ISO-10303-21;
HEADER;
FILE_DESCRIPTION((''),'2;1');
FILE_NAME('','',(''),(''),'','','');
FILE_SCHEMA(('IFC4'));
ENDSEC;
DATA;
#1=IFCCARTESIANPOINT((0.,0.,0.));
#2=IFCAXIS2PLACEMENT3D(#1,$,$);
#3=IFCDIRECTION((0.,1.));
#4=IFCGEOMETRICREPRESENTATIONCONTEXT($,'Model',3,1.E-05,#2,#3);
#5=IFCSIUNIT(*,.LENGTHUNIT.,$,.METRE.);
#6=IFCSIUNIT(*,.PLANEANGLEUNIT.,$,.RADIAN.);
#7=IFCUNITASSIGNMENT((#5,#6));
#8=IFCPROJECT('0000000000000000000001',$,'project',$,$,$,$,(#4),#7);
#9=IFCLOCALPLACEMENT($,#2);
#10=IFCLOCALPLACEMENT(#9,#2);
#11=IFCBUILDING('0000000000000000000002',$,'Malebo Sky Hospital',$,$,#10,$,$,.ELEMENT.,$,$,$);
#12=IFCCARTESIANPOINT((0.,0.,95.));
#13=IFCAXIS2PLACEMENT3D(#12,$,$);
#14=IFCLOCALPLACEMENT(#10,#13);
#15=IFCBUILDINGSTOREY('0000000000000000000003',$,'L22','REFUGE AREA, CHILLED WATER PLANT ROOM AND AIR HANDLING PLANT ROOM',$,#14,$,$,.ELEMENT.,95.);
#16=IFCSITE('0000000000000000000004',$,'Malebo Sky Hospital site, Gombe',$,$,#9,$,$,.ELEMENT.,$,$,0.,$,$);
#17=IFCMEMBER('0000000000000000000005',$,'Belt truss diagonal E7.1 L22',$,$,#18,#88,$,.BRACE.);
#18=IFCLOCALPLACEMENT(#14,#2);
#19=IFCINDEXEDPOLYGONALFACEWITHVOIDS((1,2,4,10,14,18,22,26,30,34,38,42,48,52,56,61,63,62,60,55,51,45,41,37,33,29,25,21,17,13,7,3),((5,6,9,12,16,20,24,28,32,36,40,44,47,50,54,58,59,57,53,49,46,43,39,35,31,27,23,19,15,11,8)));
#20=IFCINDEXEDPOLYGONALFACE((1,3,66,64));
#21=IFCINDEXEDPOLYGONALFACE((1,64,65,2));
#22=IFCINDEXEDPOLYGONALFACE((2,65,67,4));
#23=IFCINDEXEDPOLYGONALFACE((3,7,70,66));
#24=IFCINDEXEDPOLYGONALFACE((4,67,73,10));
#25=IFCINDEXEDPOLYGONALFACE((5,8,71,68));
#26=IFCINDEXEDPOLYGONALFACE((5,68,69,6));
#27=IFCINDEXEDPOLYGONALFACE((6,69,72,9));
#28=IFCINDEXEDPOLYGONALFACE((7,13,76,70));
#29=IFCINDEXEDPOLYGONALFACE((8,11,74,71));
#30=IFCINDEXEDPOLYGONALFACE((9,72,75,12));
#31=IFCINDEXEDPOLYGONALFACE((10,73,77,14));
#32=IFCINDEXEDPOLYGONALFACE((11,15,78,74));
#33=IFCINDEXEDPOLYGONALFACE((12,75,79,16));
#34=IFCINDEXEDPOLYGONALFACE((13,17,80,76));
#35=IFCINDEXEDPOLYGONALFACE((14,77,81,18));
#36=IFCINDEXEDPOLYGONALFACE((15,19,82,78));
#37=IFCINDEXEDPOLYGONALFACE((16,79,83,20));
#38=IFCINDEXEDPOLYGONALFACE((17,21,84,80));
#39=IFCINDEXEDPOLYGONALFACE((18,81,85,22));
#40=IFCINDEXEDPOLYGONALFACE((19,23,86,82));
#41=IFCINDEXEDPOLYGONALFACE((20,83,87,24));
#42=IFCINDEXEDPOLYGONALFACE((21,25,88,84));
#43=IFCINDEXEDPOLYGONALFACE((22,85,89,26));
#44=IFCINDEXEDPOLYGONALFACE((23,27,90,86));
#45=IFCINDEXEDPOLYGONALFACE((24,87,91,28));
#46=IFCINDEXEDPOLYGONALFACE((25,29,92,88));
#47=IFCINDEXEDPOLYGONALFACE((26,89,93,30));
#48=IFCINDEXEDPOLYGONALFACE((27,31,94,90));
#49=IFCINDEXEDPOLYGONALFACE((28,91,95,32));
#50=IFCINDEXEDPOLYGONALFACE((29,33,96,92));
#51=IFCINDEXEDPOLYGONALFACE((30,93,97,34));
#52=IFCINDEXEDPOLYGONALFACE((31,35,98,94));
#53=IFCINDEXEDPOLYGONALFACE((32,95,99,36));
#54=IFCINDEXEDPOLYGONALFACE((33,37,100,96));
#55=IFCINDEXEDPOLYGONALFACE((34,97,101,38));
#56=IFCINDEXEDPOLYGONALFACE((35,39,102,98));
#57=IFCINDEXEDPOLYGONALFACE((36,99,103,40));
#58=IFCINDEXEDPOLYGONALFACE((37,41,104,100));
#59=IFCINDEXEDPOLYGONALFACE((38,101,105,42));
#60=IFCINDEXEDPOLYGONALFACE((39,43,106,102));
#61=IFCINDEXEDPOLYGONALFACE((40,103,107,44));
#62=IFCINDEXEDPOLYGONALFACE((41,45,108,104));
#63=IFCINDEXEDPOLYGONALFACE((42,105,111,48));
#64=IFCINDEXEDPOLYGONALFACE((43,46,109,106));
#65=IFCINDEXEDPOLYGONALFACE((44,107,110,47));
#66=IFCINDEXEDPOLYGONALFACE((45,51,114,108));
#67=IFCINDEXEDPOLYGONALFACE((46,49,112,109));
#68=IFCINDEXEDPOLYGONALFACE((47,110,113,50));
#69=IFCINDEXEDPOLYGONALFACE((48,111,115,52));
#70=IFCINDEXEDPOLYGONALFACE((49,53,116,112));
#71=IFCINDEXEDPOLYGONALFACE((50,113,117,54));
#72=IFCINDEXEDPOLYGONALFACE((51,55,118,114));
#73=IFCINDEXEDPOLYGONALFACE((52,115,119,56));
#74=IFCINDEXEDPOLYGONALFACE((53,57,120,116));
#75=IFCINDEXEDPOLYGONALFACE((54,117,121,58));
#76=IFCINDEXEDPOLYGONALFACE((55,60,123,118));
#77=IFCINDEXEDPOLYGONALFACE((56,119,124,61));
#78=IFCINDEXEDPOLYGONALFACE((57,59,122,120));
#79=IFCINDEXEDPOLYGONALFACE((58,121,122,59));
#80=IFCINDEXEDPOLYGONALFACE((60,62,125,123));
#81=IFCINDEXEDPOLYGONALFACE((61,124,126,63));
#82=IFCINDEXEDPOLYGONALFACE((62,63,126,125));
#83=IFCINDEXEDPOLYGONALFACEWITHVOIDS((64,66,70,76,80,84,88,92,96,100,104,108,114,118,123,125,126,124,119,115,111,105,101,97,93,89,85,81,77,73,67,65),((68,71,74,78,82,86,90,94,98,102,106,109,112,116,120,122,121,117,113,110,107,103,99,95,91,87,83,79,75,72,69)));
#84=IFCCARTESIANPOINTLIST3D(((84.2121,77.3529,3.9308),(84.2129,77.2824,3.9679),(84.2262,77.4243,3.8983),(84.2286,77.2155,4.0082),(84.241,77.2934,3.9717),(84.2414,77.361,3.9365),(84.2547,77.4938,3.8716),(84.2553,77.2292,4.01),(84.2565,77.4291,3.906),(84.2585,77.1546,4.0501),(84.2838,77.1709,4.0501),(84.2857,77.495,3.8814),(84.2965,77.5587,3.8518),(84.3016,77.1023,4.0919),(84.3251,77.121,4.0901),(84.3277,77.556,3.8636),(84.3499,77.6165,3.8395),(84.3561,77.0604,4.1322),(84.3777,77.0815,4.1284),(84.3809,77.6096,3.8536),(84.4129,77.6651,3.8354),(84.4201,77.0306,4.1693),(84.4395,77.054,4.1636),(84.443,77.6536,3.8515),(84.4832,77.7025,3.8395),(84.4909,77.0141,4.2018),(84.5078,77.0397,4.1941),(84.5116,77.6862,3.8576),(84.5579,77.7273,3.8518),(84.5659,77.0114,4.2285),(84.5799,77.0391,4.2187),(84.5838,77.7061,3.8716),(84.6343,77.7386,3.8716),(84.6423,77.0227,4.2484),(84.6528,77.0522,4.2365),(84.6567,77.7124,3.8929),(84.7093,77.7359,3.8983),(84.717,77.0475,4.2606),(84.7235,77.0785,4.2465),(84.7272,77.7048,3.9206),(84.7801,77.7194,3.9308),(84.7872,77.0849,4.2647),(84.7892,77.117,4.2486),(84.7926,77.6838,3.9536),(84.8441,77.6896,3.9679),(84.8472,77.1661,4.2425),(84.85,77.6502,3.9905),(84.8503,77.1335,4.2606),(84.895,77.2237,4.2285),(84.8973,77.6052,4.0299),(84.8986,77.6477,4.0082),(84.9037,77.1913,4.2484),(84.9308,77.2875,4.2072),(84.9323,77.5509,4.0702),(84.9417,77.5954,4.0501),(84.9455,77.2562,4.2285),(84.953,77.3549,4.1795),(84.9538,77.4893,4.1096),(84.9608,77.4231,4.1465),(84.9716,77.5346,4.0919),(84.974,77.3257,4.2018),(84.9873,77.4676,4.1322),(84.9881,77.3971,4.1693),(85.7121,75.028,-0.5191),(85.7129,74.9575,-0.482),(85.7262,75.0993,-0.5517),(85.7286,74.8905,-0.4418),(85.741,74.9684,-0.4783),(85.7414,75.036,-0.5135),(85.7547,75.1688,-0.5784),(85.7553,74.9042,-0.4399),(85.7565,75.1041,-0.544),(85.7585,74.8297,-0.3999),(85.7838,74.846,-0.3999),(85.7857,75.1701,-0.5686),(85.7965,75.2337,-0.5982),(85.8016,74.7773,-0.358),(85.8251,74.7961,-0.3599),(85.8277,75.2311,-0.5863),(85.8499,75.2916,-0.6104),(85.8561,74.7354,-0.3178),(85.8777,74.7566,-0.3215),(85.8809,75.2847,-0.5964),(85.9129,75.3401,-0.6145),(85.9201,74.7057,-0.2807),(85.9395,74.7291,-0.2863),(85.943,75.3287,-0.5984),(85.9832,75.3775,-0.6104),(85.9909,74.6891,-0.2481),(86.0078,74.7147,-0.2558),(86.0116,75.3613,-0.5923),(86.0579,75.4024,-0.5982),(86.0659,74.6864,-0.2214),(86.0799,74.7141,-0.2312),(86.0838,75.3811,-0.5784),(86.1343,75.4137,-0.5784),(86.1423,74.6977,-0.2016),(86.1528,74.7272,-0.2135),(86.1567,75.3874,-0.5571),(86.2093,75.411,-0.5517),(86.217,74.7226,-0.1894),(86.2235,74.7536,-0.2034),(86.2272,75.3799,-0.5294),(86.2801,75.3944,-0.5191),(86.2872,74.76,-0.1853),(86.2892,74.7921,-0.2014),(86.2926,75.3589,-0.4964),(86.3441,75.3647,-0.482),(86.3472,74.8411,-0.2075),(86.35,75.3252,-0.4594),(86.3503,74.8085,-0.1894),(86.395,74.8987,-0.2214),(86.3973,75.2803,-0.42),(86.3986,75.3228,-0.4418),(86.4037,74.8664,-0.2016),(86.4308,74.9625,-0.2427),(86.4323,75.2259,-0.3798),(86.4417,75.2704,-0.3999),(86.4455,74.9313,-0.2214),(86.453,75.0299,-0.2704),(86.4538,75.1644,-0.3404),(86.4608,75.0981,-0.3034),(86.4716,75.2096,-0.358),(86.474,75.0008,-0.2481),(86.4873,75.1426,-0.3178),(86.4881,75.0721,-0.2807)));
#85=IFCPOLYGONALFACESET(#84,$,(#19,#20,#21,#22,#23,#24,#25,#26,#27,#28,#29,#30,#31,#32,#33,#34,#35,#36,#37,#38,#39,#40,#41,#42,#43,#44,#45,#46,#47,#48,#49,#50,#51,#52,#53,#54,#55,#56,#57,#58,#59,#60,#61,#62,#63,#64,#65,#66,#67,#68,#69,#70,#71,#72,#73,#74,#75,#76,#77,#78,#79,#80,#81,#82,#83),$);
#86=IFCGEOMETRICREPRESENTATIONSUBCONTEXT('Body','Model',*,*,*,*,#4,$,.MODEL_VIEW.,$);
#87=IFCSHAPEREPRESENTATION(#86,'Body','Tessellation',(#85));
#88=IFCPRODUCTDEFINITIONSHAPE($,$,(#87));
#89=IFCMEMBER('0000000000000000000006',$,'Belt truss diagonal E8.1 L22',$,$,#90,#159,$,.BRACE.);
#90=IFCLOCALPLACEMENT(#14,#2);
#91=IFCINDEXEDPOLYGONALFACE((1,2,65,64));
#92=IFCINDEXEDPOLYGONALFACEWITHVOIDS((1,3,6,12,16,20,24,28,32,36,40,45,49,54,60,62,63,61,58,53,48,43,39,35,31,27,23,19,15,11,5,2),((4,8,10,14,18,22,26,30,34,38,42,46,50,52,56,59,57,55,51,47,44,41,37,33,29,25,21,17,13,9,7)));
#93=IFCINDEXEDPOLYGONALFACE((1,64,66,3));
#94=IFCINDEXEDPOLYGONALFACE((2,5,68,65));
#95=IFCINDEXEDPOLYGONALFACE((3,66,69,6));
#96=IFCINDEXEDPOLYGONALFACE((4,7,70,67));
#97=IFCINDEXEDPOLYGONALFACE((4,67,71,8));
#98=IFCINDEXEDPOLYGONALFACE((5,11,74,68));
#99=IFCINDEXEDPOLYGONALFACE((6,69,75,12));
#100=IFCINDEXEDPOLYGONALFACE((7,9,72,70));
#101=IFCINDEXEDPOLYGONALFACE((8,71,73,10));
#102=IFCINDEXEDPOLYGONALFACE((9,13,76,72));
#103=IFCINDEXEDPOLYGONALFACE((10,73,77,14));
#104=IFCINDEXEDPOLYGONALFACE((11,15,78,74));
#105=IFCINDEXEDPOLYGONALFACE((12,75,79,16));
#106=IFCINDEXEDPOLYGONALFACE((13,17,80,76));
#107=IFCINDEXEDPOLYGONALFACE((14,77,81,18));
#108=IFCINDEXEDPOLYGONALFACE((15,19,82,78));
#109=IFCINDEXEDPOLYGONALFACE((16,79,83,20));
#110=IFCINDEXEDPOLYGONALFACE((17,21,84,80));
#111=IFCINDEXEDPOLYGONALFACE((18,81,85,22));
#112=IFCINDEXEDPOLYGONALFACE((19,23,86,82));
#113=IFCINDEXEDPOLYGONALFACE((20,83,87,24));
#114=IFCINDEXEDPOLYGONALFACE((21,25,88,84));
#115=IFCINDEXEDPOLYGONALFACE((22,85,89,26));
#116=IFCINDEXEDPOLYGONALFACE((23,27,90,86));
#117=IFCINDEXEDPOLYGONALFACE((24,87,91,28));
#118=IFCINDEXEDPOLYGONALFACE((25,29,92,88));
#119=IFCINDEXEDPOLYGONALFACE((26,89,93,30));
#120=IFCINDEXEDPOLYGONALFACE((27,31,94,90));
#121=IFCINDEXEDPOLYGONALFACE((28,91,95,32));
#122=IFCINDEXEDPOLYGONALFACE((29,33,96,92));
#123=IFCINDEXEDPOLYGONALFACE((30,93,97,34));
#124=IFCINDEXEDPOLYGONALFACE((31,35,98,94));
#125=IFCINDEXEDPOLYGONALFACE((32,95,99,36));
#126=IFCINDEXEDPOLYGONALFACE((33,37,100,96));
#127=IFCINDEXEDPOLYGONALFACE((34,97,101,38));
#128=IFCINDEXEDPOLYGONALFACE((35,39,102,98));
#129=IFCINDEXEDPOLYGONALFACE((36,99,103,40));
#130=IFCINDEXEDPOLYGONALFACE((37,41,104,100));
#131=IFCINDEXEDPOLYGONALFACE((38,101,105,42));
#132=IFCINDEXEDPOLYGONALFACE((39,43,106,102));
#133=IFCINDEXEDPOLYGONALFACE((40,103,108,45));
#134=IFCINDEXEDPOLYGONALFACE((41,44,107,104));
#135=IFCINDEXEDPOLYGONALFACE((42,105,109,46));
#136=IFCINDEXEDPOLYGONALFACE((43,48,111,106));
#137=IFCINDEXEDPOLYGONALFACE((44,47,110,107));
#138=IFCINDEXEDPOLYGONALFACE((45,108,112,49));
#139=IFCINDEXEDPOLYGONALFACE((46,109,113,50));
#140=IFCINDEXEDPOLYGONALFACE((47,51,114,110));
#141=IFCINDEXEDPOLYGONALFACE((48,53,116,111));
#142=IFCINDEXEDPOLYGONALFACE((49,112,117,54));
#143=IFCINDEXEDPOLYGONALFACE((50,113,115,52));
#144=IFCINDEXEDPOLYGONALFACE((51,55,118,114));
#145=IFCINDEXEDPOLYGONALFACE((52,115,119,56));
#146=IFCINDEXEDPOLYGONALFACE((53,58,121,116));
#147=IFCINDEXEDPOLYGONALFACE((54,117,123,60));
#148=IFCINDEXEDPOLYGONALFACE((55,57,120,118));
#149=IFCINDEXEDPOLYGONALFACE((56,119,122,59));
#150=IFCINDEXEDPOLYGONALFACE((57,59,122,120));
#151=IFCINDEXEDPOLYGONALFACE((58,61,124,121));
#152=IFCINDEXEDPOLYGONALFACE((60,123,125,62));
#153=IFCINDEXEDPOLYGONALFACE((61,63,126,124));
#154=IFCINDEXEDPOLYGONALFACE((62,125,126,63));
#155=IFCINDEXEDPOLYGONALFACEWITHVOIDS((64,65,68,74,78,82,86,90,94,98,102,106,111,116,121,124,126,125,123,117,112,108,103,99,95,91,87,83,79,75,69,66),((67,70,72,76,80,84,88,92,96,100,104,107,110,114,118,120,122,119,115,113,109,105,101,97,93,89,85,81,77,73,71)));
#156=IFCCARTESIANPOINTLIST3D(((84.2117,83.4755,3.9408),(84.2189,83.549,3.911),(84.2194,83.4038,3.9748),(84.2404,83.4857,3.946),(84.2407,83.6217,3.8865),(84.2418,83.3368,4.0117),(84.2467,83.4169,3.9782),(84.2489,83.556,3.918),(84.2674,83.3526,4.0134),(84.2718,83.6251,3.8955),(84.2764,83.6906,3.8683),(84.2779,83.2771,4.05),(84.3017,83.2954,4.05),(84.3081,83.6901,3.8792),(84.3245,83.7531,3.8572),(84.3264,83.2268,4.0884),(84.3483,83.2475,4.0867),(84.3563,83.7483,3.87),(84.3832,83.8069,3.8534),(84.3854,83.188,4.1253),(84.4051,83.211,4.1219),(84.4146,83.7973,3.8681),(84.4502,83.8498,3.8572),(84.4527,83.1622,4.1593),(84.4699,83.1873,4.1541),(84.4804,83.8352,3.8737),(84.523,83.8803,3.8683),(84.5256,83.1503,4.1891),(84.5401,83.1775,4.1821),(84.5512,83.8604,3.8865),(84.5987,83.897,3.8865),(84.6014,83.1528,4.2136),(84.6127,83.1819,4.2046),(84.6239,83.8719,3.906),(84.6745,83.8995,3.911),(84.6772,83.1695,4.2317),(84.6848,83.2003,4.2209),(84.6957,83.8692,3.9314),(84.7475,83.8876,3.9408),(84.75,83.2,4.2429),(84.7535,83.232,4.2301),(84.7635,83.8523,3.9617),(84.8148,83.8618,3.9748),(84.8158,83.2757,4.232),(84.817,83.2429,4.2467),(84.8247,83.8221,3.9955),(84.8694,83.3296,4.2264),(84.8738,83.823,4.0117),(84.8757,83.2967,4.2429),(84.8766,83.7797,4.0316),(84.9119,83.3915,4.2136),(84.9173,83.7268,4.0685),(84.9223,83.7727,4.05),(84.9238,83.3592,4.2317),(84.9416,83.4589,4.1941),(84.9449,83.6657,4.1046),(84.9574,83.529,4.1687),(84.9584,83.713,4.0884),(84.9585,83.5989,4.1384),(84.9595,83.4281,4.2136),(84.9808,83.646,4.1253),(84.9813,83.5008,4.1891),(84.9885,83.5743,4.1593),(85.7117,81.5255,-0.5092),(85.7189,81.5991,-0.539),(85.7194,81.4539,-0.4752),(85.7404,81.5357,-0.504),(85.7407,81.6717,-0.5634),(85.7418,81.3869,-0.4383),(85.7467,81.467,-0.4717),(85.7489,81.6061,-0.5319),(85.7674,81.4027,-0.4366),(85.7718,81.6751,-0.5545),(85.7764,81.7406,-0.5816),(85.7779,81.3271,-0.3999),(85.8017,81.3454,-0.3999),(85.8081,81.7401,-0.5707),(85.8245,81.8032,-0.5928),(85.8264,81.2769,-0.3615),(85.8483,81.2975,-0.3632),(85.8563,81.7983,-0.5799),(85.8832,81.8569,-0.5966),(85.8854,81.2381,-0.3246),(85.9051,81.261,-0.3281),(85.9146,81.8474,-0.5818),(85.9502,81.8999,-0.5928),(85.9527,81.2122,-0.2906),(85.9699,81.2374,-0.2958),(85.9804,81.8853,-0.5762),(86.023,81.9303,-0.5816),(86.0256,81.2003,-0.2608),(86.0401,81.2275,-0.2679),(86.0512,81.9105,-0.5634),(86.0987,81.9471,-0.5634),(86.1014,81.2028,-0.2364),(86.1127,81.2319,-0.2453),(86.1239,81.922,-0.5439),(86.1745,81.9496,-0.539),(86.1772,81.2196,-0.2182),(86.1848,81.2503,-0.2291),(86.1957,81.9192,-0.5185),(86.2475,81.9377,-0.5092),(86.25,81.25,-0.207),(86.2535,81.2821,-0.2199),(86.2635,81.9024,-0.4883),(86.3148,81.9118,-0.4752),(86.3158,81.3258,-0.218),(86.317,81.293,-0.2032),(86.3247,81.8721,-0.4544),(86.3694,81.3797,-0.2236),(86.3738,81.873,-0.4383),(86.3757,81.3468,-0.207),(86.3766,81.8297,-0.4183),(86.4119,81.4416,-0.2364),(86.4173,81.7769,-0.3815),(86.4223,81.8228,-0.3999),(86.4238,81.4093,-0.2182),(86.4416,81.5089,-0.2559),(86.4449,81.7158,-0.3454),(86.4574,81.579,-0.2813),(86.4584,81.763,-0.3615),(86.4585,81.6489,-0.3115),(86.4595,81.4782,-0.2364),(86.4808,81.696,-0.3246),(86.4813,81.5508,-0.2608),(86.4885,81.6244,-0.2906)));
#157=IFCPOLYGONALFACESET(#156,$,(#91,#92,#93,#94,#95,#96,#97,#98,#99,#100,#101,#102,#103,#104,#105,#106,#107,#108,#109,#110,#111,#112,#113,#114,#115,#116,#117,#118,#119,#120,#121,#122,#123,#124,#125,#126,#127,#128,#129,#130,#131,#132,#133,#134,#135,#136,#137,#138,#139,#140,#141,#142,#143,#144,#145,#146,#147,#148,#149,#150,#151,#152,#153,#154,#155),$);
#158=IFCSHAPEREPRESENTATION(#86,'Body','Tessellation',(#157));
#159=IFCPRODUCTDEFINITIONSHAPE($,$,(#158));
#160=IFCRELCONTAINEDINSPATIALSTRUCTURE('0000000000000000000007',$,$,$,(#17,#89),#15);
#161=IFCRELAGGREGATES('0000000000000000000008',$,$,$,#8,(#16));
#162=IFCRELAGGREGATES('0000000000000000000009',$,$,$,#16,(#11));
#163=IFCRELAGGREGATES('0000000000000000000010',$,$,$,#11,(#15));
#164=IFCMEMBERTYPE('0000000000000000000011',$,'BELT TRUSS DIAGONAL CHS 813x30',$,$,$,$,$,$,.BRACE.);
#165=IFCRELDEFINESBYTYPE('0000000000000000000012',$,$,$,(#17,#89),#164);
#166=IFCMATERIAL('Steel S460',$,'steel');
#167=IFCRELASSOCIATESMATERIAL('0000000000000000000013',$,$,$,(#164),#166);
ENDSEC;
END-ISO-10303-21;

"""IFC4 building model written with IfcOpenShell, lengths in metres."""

from ifc_helpers import new_model, si_unit, direction, frame, origin, origin_2d, place, context, subcontext, project, spatial, hollow_circle, extrude, material, material_profile, profile_set, type_object, element, save


model = new_model("IFC4")

# Units and contexts
model_context = context("Model", 3, precision=1e-05, world=origin(), true_north=direction((0.0, 1.0)))
body_context = subcontext(model_context, "Body", "Model", "MODEL_VIEW")
ifc_project = project(units=[si_unit("LENGTHUNIT", "METRE"), si_unit("PLANEANGLEUNIT", "RADIAN")], contexts=[model_context])

# Site, building, storey
site_placement = place(None, origin())
site = spatial("IfcSite", under=ifc_project, at=site_placement, Name="Malebo Sky Hospital site, Gombe", CompositionType="ELEMENT", RefElevation=0.0)
building_placement = place(site_placement, origin())
building = spatial("IfcBuilding", under=site, at=building_placement, Name="Malebo Sky Hospital", CompositionType="ELEMENT")
storey_placement = place(building_placement, frame((0.0, 0.0, 95.0)))
storey = spatial("IfcBuildingStorey", under=building, at=storey_placement, Name="L22", Description="REFUGE AREA, CHILLED WATER PLANT ROOM AND AIR HANDLING PLANT ROOM", CompositionType="ELEMENT", Elevation=95.0)

# Members
ifc_material_1 = material(Name="Steel S460", Category="steel")
ifc_material_profile_1 = material_profile(ifc_material_1, hollow_circle(Radius=0.4065, WallThickness=0.03, at=origin_2d()), Name="CHS 813x30")
ifc_profile_set_1 = profile_set([ifc_material_profile_1], Name="Steel S460")
member_type_1 = type_object("IfcMemberType", Name="BELT TRUSS DIAGONAL CHS 813x30", PredefinedType="BRACE", material=ifc_profile_set_1)
member_1_placement = place(storey_placement, frame((86.1001, 75.05, -0.3999), z_axis=(-0.28626, 0.443694, 0.849229), x_axis=(-0.840291, -0.542135, 0.0)))
element("IfcMember", 1, at=member_1_placement, inside=storey, type_object=member_type_1, Name="Belt truss diagonal E7.1 L22", PredefinedType="BRACE", context=body_context, shape_type="SweptSolid", body=[
    extrude(hollow_circle(Radius=0.4065, WallThickness=0.03, at=origin_2d()), origin(), (0.0, 0.0, 1.0), 5.24),
])
member_2_placement = place(storey_placement, frame((86.1001, 81.575, -0.3999), z_axis=(-0.295002, 0.383492, 0.875162), x_axis=(-0.792617, -0.60972, 0.0)))
element("IfcMember", 2, at=member_2_placement, inside=storey, type_object=member_type_1, Name="Belt truss diagonal E8.1 L22", PredefinedType="BRACE", context=body_context, shape_type="SweptSolid", body=[
    extrude(hollow_circle(Radius=0.4065, WallThickness=0.03, at=origin_2d()), origin(), (0.0, 0.0, 1.0), 5.0847),
])

save(model, "model.ifc")
